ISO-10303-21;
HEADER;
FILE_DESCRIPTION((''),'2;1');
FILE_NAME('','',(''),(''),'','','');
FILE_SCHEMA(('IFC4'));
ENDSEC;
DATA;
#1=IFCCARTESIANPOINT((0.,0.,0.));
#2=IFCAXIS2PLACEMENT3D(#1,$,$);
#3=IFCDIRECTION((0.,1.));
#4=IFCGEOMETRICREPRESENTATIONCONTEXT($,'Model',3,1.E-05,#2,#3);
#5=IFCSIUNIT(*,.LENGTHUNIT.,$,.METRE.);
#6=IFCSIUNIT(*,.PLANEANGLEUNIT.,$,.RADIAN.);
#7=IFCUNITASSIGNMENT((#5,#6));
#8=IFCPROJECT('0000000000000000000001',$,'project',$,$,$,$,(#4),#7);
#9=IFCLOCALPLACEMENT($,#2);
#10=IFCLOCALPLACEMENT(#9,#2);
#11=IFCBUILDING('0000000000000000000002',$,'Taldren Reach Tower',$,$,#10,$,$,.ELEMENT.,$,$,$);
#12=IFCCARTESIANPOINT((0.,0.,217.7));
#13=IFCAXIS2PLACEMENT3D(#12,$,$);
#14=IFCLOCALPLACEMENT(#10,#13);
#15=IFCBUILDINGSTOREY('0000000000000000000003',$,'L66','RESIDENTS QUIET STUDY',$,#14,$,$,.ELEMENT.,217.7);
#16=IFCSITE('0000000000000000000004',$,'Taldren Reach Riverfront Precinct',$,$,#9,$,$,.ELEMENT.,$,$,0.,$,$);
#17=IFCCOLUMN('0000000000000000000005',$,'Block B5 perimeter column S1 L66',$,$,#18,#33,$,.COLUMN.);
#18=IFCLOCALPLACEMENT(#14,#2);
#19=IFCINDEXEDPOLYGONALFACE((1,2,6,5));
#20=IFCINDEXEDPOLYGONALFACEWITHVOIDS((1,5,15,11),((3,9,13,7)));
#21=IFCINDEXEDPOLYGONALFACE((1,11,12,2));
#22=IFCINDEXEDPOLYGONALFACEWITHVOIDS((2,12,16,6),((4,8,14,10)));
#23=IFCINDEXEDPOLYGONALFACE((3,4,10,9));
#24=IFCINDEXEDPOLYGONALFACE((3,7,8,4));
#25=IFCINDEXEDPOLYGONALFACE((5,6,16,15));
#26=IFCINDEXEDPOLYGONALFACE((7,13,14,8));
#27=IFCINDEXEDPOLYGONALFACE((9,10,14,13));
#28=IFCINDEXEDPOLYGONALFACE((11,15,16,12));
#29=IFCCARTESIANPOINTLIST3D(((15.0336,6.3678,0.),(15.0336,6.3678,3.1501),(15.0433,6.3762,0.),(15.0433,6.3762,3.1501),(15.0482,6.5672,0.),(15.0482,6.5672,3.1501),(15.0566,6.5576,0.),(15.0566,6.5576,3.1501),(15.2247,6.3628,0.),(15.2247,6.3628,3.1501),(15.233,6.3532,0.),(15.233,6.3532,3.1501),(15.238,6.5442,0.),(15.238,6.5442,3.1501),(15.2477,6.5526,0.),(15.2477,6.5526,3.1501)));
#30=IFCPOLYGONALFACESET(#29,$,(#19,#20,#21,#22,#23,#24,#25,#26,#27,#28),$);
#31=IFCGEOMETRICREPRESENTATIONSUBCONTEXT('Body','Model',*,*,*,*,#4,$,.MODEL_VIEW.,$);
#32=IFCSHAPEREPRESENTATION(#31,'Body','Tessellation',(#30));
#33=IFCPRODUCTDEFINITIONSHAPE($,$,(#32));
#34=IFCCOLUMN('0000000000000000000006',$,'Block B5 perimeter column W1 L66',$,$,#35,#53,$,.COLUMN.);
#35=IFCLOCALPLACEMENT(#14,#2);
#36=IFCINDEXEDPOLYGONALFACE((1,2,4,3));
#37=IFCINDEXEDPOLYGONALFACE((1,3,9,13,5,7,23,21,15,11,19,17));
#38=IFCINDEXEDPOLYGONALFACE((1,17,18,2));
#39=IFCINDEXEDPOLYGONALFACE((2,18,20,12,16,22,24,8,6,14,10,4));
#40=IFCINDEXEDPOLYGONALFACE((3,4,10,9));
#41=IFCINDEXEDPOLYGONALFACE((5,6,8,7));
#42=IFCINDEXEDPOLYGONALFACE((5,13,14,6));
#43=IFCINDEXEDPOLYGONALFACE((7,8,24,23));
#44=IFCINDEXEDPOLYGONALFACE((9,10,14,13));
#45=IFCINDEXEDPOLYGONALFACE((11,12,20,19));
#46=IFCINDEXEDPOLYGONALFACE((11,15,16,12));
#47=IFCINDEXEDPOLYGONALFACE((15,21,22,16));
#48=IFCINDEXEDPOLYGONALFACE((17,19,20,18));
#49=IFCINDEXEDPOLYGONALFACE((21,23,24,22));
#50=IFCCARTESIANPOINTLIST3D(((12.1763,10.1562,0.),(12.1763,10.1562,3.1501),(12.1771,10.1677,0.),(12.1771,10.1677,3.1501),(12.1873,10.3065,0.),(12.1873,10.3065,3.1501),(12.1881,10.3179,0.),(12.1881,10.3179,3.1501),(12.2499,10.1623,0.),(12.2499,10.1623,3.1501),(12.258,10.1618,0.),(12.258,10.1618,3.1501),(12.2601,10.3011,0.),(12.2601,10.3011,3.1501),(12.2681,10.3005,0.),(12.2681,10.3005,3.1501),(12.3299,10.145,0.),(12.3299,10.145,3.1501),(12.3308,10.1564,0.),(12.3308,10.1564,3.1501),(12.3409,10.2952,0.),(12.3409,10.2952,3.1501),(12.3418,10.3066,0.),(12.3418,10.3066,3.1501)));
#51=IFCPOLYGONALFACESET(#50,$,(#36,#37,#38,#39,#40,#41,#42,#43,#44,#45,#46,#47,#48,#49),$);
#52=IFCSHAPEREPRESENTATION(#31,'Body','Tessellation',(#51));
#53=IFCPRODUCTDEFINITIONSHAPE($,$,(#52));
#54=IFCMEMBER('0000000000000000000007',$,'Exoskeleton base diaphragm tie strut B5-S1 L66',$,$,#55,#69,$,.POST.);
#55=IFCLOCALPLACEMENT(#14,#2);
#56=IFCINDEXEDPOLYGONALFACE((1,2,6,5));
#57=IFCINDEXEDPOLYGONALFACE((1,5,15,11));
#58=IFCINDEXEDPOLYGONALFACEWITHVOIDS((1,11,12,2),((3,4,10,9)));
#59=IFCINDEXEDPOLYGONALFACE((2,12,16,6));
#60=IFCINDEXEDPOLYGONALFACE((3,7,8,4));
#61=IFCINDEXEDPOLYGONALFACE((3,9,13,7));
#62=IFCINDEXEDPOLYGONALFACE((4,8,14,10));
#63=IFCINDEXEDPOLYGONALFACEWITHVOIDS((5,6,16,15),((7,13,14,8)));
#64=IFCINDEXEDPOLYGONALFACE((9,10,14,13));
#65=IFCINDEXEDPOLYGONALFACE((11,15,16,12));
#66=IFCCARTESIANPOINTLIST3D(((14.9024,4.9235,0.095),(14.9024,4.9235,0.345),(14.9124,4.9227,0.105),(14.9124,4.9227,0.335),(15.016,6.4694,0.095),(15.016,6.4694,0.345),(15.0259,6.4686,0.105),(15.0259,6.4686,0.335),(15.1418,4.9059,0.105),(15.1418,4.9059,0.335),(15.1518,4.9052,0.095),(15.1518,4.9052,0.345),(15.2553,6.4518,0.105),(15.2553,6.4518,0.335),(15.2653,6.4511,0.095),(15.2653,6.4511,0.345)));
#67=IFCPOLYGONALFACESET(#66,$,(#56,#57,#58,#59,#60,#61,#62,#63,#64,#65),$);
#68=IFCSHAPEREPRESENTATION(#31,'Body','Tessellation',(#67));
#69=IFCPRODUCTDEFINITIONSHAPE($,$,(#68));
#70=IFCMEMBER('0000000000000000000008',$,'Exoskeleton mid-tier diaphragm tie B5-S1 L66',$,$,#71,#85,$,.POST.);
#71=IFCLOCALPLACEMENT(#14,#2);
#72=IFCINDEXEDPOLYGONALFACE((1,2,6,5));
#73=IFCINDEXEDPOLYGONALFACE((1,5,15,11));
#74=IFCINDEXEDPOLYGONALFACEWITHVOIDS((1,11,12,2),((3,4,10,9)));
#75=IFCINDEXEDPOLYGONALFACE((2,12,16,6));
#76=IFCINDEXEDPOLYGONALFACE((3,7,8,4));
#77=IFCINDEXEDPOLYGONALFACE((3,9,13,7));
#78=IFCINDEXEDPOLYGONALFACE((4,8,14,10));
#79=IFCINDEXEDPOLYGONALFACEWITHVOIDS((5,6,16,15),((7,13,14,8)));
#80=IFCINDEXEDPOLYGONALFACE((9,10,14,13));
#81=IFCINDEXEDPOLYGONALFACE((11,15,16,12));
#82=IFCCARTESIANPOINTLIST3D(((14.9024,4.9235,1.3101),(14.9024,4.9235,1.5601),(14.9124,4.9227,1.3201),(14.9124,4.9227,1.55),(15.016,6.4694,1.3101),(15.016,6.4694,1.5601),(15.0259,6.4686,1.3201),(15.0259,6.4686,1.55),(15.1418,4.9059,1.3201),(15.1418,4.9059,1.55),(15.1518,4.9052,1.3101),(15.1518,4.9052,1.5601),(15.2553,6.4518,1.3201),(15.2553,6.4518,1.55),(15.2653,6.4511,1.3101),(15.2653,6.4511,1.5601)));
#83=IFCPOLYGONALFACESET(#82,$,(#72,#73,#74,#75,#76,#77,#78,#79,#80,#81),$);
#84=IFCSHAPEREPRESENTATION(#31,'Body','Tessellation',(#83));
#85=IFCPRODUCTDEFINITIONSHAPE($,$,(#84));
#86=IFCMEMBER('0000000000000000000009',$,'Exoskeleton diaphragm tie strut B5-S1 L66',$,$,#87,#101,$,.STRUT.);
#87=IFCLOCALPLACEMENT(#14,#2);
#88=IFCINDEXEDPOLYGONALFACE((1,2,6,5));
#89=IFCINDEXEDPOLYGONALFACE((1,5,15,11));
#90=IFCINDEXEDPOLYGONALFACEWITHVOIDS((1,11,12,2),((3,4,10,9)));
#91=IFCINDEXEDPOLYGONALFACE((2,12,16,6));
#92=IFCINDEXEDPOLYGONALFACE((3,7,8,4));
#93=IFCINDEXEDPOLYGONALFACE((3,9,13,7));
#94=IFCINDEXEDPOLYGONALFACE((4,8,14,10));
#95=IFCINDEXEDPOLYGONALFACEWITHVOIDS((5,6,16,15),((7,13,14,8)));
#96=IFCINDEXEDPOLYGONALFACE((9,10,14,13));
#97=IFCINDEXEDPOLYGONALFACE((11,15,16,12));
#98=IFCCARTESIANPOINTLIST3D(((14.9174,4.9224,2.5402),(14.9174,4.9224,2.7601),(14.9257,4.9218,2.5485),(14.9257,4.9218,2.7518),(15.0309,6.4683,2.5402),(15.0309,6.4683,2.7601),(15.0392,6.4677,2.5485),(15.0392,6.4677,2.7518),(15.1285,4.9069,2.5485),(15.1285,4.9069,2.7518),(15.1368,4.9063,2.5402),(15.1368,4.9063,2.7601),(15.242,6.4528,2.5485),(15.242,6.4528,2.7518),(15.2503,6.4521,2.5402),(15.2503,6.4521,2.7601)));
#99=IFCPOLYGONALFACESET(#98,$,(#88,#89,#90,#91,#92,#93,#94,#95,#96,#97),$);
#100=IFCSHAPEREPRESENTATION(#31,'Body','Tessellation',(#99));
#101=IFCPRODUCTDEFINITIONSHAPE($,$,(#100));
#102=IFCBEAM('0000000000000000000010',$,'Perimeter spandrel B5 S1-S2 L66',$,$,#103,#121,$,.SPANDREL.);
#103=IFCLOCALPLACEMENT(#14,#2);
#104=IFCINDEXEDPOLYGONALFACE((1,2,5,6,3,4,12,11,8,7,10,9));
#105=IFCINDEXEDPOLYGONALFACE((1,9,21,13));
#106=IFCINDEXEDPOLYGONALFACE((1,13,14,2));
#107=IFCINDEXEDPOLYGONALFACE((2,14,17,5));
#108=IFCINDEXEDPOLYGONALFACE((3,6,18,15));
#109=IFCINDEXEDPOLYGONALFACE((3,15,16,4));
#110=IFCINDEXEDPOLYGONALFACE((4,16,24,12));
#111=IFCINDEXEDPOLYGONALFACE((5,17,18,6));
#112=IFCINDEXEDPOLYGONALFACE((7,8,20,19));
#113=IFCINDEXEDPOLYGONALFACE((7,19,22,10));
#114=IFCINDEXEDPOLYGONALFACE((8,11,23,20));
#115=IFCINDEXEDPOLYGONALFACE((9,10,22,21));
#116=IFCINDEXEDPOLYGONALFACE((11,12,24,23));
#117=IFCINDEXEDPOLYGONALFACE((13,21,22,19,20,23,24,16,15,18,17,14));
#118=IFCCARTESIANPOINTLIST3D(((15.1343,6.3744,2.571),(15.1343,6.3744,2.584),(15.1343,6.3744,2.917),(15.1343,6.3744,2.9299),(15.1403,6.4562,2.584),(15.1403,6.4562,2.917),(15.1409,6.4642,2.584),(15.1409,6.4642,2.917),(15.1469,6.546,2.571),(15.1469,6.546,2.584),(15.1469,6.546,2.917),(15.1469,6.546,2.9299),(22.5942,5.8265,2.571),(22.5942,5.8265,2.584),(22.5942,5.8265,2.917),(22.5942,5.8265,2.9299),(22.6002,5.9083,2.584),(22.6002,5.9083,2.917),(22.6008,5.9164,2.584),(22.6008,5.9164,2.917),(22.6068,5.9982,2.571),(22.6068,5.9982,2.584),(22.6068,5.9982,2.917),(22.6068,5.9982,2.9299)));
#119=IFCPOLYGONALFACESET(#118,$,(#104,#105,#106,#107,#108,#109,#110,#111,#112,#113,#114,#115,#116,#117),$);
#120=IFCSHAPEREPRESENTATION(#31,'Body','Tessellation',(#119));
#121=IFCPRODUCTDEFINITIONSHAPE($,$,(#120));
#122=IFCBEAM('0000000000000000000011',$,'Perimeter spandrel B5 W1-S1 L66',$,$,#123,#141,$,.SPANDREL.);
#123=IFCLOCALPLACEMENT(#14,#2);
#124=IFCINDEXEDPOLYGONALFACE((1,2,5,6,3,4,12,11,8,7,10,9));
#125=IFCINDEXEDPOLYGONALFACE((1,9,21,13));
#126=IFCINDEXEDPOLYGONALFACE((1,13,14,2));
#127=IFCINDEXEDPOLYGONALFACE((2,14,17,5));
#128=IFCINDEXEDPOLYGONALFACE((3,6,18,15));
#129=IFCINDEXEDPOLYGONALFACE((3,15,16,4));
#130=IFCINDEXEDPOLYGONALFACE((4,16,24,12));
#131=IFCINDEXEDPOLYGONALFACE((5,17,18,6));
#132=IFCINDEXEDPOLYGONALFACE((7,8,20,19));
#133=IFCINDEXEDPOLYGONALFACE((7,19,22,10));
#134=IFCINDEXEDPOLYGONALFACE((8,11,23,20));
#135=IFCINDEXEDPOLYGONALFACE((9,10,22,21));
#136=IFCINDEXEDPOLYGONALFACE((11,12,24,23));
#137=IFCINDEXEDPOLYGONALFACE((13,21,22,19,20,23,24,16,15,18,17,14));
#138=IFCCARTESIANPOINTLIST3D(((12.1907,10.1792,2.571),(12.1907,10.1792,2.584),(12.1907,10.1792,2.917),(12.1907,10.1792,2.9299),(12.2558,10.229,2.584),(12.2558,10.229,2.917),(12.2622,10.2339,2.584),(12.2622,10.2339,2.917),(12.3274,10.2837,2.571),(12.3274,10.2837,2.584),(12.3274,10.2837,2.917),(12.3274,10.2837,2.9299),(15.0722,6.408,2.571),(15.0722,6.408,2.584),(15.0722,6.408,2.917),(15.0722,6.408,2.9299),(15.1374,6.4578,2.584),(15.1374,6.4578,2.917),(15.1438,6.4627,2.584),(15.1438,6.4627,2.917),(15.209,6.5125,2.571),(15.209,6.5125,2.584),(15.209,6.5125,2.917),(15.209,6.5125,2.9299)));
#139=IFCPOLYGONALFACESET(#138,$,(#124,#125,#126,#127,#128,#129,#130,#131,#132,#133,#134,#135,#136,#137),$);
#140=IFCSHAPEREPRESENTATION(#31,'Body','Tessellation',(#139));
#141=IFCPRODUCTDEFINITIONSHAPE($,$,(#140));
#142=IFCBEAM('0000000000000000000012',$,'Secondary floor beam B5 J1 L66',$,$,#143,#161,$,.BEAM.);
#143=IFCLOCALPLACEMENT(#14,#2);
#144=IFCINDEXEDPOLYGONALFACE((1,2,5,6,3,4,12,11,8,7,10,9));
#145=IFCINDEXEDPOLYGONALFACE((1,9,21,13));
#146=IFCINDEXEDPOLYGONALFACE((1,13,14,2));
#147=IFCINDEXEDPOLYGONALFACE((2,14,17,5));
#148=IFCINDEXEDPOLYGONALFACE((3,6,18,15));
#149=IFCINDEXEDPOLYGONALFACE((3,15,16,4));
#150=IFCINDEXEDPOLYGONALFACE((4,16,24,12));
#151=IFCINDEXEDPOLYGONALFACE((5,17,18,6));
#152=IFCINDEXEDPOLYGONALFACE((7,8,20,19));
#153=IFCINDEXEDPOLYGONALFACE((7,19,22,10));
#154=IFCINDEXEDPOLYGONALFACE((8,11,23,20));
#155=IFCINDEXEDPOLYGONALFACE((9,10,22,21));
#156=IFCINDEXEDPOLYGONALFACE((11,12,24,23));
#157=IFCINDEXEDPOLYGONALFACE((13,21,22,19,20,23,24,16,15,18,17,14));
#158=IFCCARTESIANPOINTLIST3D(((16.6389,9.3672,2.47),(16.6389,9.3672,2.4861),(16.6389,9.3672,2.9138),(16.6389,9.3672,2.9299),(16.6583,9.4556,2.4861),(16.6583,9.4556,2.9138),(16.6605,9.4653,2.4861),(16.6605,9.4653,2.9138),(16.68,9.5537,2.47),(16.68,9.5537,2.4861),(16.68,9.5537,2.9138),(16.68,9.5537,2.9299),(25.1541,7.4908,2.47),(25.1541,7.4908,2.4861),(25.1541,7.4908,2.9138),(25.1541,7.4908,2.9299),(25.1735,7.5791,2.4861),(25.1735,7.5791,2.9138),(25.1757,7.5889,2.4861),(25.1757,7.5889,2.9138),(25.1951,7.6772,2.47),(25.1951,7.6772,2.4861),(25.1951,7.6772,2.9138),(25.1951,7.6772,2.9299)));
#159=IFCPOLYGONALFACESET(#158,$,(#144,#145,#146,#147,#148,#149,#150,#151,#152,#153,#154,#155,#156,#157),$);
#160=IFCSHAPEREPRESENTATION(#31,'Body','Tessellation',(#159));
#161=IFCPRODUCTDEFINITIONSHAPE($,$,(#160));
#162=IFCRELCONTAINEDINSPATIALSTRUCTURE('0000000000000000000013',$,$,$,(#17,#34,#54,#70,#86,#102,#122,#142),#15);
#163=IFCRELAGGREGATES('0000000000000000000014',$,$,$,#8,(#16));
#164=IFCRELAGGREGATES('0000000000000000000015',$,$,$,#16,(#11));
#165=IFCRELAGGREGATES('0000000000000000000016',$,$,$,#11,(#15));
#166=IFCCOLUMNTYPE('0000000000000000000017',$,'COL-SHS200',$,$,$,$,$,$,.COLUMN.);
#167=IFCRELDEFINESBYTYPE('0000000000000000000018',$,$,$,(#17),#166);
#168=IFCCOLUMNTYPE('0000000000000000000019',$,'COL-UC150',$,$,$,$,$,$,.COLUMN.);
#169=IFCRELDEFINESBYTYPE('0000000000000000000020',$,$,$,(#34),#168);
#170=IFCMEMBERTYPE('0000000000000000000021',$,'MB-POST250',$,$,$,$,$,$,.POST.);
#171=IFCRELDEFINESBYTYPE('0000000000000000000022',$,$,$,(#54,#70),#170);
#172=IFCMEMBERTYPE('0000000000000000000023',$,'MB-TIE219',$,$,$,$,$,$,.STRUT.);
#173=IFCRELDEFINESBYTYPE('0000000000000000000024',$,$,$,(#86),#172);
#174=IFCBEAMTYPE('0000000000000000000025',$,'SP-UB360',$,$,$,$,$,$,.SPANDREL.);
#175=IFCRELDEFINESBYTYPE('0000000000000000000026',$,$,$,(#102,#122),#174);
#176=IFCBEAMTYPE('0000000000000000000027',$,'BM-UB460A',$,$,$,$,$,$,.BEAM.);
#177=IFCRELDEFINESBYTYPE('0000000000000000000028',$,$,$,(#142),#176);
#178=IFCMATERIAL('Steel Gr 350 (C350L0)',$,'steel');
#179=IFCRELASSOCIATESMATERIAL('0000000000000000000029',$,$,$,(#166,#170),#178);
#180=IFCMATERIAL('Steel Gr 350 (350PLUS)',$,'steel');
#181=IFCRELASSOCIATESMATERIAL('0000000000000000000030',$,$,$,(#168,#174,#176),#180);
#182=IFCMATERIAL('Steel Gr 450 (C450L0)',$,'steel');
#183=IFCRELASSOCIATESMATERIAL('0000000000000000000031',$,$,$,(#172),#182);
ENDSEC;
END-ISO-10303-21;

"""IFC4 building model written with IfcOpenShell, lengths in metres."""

from ifc_helpers import new_model, si_unit, direction, frame, origin, origin_2d, place, context, subcontext, project, spatial, hollow_rectangle, i_section, extrude, source, transform, mapped, material, material_profile, profile_set, type_object, element, save


model = new_model("IFC4")

# Units and contexts
model_context = context("Model", 3, precision=1e-05, world=origin(), true_north=direction((0.0, 1.0)))
body_context = subcontext(model_context, "Body", "Model", "MODEL_VIEW")
ifc_project = project(units=[si_unit("LENGTHUNIT", "METRE"), si_unit("PLANEANGLEUNIT", "RADIAN")], contexts=[model_context])

# Site, building, storey
site_placement = place(None, origin())
site = spatial("IfcSite", under=ifc_project, at=site_placement, Name="Taldren Reach Riverfront Precinct", CompositionType="ELEMENT", RefElevation=0.0)
building_placement = place(site_placement, origin())
building = spatial("IfcBuilding", under=site, at=building_placement, Name="Taldren Reach Tower", CompositionType="ELEMENT")
storey_placement = place(building_placement, frame((0.0, 0.0, 217.7)))
storey = spatial("IfcBuildingStorey", under=building, at=storey_placement, Name="L66", Description="RESIDENTS QUIET STUDY", CompositionType="ELEMENT", Elevation=217.7)

# Columns
ifc_material_1 = material(Name="Steel Gr 350 (C350L0)", Category="steel")
ifc_material_profile_1 = material_profile(ifc_material_1, hollow_rectangle(XDim=0.2, YDim=0.2, WallThickness=0.009, at=origin_2d()), Name="200x200x9.0SHS")
ifc_profile_set_1 = profile_set([ifc_material_profile_1], Name="Steel Gr 350 (C350L0)")
column_type_1 = type_object("IfcColumnType", Name="COL-SHS200", PredefinedType="COLUMN", material=ifc_profile_set_1)
shared_shape_1 = source(origin(), body_context, "Body", "SweptSolid", [
    extrude(hollow_rectangle(XDim=0.2, YDim=0.2, WallThickness=0.009, at=origin_2d()), origin(), (0.0, 0.0, 1.0), 3.1501),
])
column_1_placement = place(storey_placement, frame((15.1406, 6.4602, 0.0), z_axis=(0.0, 0.0, 1.0), x_axis=(0.997314, -0.073238, 0.0)))
element("IfcColumn", 1, at=column_1_placement, inside=storey, type_object=column_type_1, Name="Block B5 perimeter column S1 L66", PredefinedType="COLUMN", context=body_context, shape_type="MappedRepresentation", body=[
    mapped(shared_shape_1, transform((0.0, 0.0, 0.0), scale=1.0)),
])
ifc_material_2 = material(Name="Steel Gr 350 (350PLUS)", Category="steel")
ifc_material_profile_2 = material_profile(ifc_material_2, i_section(OverallWidth=0.1541, OverallDepth=0.1621, WebThickness=0.0081, FlangeThickness=0.0115, at=origin_2d()), Name="150UC37.2")
ifc_profile_set_2 = profile_set([ifc_material_profile_2], Name="Steel Gr 350 (350PLUS)")
column_type_2 = type_object("IfcColumnType", Name="COL-UC150", PredefinedType="COLUMN", material=ifc_profile_set_2)
shared_shape_2 = source(origin(), body_context, "Body", "SweptSolid", [
    extrude(i_section(OverallWidth=0.1541, OverallDepth=0.1621, WebThickness=0.0081, FlangeThickness=0.0115, at=origin_2d()), origin(), (0.0, 0.0, 1.0), 3.1501),
])
column_2_placement = place(storey_placement, frame((12.259, 10.2314, 0.0), z_axis=(0.0, 0.0, 1.0), x_axis=(0.997314, -0.073238, 0.0)))
element("IfcColumn", 2, at=column_2_placement, inside=storey, type_object=column_type_2, Name="Block B5 perimeter column W1 L66", PredefinedType="COLUMN", context=body_context, shape_type="MappedRepresentation", body=[
    mapped(shared_shape_2, transform((0.0, 0.0, 0.0), scale=1.0)),
])

# Members
ifc_material_profile_3 = material_profile(ifc_material_1, hollow_rectangle(XDim=0.25, YDim=0.25, WallThickness=0.01, at=origin_2d()), Name="250x250x10.0SHS")
ifc_profile_set_3 = profile_set([ifc_material_profile_3], Name="Steel Gr 350 (C350L0)")
member_type_1 = type_object("IfcMemberType", Name="MB-POST250", PredefinedType="POST", material=ifc_profile_set_3)
shared_shape_3 = source(origin(), body_context, "Body", "SweptSolid", [
    extrude(hollow_rectangle(XDim=0.25, YDim=0.25, WallThickness=0.01, at=origin_2d()), origin(), (0.0, 0.0, 1.0), 1.55),
])
for number, where, z_axis, x_axis, name in (
    (3, (15.1406, 6.4602, 0.22), (-0.073239, -0.997314, 0.0), (0.997314, -0.073239, 0.0), "Exoskeleton base diaphragm tie strut B5-S1 L66"),
    (4, (15.1406, 6.4602, 1.4351), (-0.073239, -0.997314, 0.0), (0.997314, -0.073239, 0.0), "Exoskeleton mid-tier diaphragm tie B5-S1 L66"),
):
    element("IfcMember", number, at=place(storey_placement, frame(where, z_axis=z_axis, x_axis=x_axis)), inside=storey, type_object=member_type_1, Name=name, PredefinedType="POST", context=body_context, shape_type="MappedRepresentation", body=[
        mapped(shared_shape_3, transform((0.0, 0.0, 0.0), scale=1.0)),
    ])
ifc_material_3 = material(Name="Steel Gr 450 (C450L0)", Category="steel")
ifc_material_profile_4 = material_profile(ifc_material_3, hollow_rectangle(XDim=0.22, YDim=0.22, WallThickness=0.0083, at=origin_2d()), Name="220x220x8.2SHS")
ifc_profile_set_4 = profile_set([ifc_material_profile_4], Name="Steel Gr 450 (C450L0)")
member_type_2 = type_object("IfcMemberType", Name="MB-TIE219", PredefinedType="STRUT", material=ifc_profile_set_4)
shared_shape_4 = source(origin(), body_context, "Body", "SweptSolid", [
    extrude(hollow_rectangle(XDim=0.22, YDim=0.22, WallThickness=0.0083, at=origin_2d()), origin(), (0.0, 0.0, 1.0), 1.55),
])
member_1_placement = place(storey_placement, frame((15.1406, 6.4602, 2.6501), z_axis=(-0.073239, -0.997314, 0.0), x_axis=(0.997314, -0.073239, 0.0)))
element("IfcMember", 5, at=member_1_placement, inside=storey, type_object=member_type_2, Name="Exoskeleton diaphragm tie strut B5-S1 L66", PredefinedType="STRUT", context=body_context, shape_type="MappedRepresentation", body=[
    mapped(shared_shape_4, transform((0.0, 0.0, 0.0), scale=1.0)),
])

# Beams
ifc_material_profile_5 = material_profile(ifc_material_2, i_section(OverallWidth=0.1721, OverallDepth=0.3589, WebThickness=0.0081, FlangeThickness=0.0129, at=origin_2d()), Name="360UB56.7")
ifc_profile_set_5 = profile_set([ifc_material_profile_5], Name="Steel Gr 350 (350PLUS)")
beam_type_1 = type_object("IfcBeamType", Name="SP-UB360", PredefinedType="SPANDREL", material=ifc_profile_set_5)
shared_shape_5 = source(origin(), body_context, "Body", "SweptSolid", [
    extrude(i_section(OverallWidth=0.1721, OverallDepth=0.3589, WebThickness=0.0081, FlangeThickness=0.0129, at=origin_2d()), origin(), (0.0, 0.0, 1.0), 7.48),
])
beam_1_placement = place(storey_placement, frame((15.1406, 6.4602, 2.7505), z_axis=(0.997314, -0.073242, 0.0), x_axis=(0.073242, 0.997314, 0.0)))
element("IfcBeam", 6, at=beam_1_placement, inside=storey, type_object=beam_type_1, Name="Perimeter spandrel B5 S1-S2 L66", PredefinedType="SPANDREL", context=body_context, shape_type="MappedRepresentation", body=[
    mapped(shared_shape_5, transform((0.0, 0.0, 0.0), scale=1.0)),
])
shared_shape_6 = source(origin(), body_context, "Body", "SweptSolid", [
    extrude(i_section(OverallWidth=0.1721, OverallDepth=0.3589, WebThickness=0.0081, FlangeThickness=0.0129, at=origin_2d()), origin(), (0.0, 0.0, 1.0), 4.7461),
])
beam_2_placement = place(storey_placement, frame((12.259, 10.2314, 2.7505), z_axis=(0.607145, -0.794591, 0.0), x_axis=(0.794591, 0.607145, 0.0)))
element("IfcBeam", 7, at=beam_2_placement, inside=storey, type_object=beam_type_1, Name="Perimeter spandrel B5 W1-S1 L66", PredefinedType="SPANDREL", context=body_context, shape_type="MappedRepresentation", body=[
    mapped(shared_shape_6, transform((0.0, 0.0, 0.0), scale=1.0)),
])
ifc_material_profile_6 = material_profile(ifc_material_2, i_section(OverallWidth=0.1909, OverallDepth=0.46, WebThickness=0.01, FlangeThickness=0.0161, at=origin_2d()), Name="460UB82.1")
ifc_profile_set_6 = profile_set([ifc_material_profile_6], Name="Steel Gr 350 (350PLUS)")
beam_type_2 = type_object("IfcBeamType", Name="BM-UB460A", PredefinedType="BEAM", material=ifc_profile_set_6)
shared_shape_7 = source(origin(), body_context, "Body", "SweptSolid", [
    extrude(i_section(OverallWidth=0.1909, OverallDepth=0.46, WebThickness=0.01, FlangeThickness=0.0161, at=origin_2d()), origin(), (0.0, 0.0, 1.0), 8.7195),
])
beam_3_placement = place(storey_placement, frame((16.6594, 9.4604, 2.7), z_axis=(0.976569, -0.215205, 0.0), x_axis=(0.215205, 0.976569, 0.0)))
element("IfcBeam", 8, at=beam_3_placement, inside=storey, type_object=beam_type_2, Name="Secondary floor beam B5 J1 L66", PredefinedType="BEAM", context=body_context, shape_type="MappedRepresentation", body=[
    mapped(shared_shape_7, transform((0.0, 0.0, 0.0), scale=1.0)),
])

save(model, "model.ifc")
